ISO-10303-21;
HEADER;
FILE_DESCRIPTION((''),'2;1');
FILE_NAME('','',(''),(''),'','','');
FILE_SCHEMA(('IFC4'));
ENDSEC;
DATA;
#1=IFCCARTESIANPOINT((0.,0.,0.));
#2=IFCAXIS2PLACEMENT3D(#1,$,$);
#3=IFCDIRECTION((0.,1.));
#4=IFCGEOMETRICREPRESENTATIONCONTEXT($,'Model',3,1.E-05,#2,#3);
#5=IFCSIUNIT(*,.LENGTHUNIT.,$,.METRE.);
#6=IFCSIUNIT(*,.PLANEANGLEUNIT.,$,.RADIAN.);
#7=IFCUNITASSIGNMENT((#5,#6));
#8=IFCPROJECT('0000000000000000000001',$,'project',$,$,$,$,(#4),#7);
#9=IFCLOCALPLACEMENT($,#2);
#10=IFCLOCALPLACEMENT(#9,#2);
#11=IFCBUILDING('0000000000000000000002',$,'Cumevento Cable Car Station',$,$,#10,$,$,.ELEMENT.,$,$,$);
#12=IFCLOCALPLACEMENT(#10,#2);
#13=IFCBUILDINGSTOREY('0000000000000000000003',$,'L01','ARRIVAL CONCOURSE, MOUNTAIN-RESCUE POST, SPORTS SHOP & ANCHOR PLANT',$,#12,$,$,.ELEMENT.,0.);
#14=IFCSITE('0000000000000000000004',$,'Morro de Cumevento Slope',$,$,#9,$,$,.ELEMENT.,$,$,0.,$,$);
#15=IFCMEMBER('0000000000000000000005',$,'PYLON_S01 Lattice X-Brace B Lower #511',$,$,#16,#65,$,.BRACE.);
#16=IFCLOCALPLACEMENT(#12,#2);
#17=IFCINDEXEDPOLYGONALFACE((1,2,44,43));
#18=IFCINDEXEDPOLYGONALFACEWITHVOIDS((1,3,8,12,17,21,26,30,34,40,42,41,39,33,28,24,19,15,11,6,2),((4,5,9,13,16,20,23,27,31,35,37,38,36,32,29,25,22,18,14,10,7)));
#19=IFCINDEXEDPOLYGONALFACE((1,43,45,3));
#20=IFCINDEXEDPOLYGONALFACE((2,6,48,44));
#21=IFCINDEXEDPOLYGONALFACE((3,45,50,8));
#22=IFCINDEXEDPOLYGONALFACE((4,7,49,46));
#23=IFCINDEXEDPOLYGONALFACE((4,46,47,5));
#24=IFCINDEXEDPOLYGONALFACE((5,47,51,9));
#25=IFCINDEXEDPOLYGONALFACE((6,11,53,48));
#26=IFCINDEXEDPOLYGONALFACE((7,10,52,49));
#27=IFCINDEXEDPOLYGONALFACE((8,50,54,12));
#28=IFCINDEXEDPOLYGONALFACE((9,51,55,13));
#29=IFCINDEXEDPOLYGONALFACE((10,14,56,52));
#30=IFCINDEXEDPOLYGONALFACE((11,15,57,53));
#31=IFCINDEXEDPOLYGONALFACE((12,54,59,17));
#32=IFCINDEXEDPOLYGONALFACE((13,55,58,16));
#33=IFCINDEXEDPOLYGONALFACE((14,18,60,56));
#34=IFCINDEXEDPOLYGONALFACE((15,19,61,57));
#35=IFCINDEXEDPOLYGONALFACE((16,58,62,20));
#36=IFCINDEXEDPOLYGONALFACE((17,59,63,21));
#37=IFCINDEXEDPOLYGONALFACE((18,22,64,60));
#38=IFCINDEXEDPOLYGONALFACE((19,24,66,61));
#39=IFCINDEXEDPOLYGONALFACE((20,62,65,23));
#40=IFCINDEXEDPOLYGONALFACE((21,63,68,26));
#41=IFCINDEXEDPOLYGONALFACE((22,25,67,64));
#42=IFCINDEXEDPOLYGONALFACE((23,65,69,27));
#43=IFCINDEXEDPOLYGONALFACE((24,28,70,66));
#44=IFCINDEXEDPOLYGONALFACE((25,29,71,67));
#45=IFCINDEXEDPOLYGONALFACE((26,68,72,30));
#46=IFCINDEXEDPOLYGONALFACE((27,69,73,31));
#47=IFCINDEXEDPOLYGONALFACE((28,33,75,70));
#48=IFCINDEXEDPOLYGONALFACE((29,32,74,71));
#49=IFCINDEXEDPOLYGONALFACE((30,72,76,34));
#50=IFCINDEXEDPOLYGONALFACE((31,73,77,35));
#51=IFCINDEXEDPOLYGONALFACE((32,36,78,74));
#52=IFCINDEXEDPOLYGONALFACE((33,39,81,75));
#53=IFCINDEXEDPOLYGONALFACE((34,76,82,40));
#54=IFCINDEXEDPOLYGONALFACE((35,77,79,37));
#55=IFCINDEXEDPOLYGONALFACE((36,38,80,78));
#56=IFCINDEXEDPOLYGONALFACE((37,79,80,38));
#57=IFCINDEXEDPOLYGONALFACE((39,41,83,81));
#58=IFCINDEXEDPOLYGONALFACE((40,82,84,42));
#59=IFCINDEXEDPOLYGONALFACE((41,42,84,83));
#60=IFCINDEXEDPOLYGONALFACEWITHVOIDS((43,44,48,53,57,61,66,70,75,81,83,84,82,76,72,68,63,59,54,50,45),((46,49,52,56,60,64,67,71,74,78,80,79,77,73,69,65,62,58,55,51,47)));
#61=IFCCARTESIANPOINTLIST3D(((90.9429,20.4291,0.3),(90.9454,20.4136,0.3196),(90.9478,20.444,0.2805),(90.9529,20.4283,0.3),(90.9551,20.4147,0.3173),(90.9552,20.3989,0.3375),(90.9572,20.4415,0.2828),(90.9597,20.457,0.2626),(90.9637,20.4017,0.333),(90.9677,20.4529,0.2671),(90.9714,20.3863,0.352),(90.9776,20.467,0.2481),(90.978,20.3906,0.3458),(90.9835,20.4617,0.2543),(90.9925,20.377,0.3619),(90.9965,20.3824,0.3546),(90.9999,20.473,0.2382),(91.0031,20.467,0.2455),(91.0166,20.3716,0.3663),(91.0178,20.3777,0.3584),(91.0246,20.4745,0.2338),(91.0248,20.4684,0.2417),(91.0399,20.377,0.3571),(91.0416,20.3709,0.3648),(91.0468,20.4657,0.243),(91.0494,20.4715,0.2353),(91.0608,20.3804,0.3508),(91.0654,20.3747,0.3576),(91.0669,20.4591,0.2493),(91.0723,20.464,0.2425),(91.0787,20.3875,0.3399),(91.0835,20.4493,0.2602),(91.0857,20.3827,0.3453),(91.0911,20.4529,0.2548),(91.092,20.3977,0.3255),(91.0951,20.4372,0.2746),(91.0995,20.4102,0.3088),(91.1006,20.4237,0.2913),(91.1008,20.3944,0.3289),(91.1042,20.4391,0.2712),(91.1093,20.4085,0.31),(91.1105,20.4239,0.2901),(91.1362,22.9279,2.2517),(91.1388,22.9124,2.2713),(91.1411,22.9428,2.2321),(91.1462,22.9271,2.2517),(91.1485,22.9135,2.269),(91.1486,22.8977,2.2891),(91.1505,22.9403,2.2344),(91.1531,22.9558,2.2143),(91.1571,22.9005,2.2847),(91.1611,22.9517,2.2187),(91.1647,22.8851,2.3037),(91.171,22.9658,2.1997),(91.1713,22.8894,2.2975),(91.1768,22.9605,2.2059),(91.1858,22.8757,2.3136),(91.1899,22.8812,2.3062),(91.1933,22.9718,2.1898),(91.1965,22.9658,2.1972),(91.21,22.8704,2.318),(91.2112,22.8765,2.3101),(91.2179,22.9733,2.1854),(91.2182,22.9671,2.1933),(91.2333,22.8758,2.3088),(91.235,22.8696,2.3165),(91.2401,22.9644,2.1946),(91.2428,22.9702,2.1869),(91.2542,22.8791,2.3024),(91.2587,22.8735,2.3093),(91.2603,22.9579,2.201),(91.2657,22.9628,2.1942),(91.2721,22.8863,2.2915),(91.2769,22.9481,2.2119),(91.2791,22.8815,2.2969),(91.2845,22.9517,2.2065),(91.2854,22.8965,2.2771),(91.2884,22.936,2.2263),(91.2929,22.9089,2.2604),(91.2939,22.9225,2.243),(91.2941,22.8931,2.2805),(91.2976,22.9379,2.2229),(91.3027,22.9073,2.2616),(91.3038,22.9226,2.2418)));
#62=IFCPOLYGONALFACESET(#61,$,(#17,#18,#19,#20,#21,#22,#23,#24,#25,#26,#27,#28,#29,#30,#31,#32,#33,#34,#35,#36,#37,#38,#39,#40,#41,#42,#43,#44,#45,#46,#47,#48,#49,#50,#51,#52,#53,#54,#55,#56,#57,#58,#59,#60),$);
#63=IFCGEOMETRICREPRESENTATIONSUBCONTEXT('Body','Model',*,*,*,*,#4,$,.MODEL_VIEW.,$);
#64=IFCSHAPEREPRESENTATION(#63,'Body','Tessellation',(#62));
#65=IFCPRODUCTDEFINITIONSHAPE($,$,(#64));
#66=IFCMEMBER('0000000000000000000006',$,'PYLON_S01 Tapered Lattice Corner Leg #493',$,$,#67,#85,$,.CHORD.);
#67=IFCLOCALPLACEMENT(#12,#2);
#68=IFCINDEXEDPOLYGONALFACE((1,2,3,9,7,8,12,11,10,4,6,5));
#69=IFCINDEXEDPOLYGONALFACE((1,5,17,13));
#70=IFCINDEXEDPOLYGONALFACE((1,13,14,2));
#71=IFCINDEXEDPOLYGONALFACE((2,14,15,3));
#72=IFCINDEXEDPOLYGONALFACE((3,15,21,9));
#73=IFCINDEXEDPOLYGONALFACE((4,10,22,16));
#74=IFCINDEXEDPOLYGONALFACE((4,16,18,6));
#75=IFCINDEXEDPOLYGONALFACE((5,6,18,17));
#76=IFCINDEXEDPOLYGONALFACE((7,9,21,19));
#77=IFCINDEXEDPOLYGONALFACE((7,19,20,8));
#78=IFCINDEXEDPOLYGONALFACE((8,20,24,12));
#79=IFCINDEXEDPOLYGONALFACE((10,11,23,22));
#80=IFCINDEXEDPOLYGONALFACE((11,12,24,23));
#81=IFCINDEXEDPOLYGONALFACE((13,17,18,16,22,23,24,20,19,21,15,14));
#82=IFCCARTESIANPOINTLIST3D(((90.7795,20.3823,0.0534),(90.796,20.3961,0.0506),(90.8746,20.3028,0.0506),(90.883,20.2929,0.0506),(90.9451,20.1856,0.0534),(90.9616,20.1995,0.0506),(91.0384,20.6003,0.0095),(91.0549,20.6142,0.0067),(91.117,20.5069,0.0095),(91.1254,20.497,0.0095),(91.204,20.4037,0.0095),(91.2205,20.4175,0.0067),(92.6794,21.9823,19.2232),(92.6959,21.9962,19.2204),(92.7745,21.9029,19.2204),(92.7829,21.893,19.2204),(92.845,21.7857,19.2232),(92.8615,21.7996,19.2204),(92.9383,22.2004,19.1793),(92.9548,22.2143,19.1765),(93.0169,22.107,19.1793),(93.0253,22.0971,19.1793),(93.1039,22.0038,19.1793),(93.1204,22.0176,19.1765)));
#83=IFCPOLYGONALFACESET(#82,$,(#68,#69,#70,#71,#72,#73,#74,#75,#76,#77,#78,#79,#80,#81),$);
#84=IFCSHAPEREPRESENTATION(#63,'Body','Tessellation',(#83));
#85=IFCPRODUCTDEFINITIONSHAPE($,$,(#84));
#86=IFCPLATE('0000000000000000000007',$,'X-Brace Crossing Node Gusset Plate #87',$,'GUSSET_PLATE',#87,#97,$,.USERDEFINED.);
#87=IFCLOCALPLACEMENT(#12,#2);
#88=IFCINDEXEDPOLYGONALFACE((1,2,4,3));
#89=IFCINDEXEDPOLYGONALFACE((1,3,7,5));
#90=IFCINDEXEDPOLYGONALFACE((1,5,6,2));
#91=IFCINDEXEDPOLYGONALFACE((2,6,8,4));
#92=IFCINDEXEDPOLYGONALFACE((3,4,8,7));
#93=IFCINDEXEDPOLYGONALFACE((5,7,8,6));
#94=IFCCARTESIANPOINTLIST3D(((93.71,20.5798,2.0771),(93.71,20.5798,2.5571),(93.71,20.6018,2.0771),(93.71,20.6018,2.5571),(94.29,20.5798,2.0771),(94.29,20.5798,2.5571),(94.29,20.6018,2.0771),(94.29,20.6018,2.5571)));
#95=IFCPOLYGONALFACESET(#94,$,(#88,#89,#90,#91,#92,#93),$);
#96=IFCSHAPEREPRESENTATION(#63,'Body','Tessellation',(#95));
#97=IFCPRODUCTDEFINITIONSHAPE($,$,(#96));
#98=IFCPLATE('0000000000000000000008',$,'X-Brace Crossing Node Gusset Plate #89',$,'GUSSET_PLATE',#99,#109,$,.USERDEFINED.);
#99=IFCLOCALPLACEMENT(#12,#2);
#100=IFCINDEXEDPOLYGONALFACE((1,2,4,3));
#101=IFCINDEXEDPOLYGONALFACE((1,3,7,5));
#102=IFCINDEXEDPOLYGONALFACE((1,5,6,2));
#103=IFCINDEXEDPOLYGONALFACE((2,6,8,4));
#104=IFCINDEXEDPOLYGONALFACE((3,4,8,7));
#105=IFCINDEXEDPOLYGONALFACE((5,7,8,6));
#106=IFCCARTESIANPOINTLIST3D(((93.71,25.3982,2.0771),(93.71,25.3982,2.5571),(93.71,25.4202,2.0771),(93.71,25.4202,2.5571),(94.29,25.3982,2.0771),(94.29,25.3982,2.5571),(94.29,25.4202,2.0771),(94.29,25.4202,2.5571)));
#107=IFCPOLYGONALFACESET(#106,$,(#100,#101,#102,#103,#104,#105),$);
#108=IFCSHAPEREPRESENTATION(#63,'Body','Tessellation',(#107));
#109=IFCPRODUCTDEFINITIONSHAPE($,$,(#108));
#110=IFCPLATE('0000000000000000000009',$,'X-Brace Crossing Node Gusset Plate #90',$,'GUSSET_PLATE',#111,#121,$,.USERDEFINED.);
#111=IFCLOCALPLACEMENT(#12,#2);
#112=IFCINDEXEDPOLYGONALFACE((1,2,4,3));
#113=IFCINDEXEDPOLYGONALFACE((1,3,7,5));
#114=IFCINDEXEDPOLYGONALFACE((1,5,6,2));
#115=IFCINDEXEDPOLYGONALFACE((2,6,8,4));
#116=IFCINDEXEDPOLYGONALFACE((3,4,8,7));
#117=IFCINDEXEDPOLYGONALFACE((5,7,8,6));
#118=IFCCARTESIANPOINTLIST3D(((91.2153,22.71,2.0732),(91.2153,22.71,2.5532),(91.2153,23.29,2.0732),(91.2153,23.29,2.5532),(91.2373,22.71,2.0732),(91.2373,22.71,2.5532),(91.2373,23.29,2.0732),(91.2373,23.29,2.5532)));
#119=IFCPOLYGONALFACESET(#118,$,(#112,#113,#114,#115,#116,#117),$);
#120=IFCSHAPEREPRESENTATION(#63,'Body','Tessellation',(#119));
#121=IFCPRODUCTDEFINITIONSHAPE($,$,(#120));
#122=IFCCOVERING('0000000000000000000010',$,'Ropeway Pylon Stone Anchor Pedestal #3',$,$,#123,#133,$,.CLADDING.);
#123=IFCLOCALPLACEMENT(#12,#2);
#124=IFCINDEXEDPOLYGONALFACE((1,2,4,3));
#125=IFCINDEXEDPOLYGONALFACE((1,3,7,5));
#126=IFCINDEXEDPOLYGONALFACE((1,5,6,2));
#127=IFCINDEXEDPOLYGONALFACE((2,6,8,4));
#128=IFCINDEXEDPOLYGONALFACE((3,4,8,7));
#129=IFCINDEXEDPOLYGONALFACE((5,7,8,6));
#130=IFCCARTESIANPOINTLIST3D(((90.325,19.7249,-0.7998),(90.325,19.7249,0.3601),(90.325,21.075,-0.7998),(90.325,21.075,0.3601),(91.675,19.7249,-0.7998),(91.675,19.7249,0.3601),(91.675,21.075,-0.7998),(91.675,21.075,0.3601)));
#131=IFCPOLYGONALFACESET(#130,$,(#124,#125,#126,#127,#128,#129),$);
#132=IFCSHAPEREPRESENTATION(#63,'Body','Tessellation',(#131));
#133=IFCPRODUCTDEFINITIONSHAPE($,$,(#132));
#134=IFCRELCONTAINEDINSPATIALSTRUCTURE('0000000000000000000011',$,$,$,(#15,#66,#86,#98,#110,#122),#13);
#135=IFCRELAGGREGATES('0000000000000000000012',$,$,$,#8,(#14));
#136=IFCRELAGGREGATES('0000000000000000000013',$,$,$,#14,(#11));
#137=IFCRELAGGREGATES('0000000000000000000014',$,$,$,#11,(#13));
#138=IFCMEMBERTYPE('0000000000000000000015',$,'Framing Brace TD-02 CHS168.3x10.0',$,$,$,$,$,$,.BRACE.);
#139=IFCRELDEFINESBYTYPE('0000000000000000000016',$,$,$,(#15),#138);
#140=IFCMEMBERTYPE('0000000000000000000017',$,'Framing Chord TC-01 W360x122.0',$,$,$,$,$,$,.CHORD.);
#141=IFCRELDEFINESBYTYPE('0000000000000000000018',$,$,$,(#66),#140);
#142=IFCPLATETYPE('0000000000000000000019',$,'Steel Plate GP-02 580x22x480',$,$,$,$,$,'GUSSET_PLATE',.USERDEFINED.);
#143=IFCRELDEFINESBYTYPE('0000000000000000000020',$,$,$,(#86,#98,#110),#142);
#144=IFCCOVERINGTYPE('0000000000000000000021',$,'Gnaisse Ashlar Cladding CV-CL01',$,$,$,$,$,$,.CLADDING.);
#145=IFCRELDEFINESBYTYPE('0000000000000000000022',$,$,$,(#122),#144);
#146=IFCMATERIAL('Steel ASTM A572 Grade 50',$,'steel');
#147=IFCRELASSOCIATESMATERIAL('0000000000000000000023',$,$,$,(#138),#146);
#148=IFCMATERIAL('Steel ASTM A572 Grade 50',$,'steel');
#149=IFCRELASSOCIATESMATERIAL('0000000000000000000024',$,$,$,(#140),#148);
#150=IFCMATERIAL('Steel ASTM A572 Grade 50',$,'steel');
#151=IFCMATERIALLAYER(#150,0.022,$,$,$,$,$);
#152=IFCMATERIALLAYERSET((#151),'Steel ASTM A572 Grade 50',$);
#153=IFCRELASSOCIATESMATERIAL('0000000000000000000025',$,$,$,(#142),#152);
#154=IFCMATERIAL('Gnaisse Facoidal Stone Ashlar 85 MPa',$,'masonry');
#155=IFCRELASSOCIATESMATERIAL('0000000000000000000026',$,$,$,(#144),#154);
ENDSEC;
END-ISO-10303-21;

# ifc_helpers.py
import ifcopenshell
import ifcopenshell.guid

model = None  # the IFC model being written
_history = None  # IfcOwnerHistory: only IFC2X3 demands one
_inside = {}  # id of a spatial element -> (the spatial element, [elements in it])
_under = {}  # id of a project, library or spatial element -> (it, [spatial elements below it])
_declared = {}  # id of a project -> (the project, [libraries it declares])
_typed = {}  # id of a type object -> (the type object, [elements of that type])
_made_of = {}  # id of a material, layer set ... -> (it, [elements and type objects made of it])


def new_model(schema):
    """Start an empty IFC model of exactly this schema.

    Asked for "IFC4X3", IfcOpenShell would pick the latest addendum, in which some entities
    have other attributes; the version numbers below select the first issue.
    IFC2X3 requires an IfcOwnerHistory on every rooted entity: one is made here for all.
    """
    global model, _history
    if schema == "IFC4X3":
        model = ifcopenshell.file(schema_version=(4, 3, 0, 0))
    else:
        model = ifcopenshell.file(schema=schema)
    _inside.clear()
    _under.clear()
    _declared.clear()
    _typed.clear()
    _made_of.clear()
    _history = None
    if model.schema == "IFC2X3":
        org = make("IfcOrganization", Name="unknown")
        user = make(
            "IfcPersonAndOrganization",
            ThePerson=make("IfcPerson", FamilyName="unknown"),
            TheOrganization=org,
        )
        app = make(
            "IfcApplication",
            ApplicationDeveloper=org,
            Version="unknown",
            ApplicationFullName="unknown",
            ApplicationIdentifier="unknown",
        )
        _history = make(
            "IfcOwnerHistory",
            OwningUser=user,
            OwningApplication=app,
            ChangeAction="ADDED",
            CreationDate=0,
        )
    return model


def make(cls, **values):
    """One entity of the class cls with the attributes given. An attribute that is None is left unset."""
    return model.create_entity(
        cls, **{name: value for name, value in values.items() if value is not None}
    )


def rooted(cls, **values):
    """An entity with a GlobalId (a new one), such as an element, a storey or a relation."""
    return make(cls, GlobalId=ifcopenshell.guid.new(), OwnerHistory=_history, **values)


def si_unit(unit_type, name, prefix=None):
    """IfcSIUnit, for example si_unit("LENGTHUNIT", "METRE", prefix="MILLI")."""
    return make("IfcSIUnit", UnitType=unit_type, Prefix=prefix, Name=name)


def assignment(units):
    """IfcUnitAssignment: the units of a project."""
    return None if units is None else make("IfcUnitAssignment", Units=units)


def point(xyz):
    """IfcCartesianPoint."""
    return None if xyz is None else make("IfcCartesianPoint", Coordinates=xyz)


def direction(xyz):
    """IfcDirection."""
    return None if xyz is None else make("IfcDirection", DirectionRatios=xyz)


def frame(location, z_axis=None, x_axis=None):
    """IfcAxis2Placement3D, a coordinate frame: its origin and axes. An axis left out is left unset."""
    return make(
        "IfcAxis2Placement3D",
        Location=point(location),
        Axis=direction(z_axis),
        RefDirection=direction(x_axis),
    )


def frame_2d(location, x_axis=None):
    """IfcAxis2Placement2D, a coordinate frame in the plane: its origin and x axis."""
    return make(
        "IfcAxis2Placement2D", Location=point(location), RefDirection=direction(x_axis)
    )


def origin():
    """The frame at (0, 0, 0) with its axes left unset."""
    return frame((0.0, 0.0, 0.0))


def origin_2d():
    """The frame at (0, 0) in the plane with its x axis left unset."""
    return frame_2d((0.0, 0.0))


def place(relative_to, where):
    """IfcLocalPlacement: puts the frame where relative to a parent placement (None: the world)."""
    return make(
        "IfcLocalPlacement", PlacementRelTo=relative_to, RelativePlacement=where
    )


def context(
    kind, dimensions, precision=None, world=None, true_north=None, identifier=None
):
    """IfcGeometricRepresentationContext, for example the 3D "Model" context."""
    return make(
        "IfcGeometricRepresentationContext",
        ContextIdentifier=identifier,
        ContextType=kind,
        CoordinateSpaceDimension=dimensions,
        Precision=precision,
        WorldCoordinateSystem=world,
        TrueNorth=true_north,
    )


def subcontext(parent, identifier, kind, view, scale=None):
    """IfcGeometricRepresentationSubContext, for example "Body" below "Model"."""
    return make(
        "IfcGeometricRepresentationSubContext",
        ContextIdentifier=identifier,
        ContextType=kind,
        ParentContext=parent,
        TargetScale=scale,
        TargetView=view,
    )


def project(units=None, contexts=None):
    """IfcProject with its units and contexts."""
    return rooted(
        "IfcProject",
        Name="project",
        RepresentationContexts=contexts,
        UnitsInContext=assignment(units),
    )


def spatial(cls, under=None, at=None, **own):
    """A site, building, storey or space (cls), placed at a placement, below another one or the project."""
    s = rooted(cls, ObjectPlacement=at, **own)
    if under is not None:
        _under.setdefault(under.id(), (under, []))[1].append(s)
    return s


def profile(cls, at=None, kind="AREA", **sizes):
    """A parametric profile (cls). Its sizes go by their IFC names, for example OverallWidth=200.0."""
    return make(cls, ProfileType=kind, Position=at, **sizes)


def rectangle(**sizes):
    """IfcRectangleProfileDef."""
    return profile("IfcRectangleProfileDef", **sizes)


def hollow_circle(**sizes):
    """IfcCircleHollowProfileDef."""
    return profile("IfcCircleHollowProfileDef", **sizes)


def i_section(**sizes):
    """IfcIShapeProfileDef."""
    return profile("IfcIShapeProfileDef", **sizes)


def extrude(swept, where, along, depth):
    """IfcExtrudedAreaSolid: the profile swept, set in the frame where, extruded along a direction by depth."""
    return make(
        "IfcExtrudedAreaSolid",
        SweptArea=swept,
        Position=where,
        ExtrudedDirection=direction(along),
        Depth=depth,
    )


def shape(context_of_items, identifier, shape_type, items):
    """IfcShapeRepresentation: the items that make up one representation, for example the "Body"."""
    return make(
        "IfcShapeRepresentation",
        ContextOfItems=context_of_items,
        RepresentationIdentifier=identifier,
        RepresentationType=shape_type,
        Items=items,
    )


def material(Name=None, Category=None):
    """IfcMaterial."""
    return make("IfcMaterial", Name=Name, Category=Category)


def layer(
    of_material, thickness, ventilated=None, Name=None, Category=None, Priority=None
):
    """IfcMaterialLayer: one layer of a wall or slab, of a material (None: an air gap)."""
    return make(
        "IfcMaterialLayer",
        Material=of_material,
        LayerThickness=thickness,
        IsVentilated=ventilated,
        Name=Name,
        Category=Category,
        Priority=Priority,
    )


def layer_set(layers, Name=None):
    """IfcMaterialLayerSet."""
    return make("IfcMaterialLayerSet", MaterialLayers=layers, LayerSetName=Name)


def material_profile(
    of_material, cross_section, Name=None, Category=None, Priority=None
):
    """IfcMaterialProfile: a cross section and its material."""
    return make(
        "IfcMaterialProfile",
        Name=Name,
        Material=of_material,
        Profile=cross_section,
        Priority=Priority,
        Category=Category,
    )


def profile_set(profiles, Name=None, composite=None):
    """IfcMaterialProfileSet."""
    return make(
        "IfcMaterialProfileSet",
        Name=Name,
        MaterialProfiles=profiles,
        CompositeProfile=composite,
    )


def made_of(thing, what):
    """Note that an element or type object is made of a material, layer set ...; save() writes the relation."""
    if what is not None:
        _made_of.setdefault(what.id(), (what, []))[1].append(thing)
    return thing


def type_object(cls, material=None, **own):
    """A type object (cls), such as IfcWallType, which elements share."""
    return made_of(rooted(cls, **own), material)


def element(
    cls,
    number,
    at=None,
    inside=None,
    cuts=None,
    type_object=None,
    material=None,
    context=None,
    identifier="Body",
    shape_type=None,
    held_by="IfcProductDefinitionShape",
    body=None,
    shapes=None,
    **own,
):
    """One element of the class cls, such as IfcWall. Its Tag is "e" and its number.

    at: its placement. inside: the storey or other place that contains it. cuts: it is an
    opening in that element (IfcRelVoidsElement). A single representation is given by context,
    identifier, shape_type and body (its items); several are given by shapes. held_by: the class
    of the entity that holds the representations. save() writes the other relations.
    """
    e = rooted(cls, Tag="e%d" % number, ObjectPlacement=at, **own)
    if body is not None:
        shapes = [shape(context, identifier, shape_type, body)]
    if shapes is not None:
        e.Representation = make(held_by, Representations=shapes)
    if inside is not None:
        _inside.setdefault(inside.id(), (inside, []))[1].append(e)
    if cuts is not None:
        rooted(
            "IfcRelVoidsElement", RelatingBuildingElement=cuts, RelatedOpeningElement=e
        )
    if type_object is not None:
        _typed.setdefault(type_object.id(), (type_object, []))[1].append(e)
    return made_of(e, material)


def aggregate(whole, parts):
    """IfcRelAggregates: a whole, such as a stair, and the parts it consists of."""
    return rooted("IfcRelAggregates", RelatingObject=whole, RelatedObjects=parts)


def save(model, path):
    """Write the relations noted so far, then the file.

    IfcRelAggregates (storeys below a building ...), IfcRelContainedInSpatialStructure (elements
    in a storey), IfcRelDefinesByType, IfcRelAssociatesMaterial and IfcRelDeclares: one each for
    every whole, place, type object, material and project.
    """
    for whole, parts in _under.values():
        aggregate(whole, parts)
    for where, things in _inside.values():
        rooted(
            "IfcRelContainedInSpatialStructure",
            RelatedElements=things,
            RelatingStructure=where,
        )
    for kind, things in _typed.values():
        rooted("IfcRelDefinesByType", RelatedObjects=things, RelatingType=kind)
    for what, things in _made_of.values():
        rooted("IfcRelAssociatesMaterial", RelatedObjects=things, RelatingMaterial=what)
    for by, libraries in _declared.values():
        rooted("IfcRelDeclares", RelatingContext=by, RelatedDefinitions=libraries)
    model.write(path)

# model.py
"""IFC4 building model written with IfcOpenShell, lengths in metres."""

from ifc_helpers import new_model, si_unit, direction, frame, origin, origin_2d, place, context, subcontext, project, spatial, rectangle, hollow_circle, i_section, extrude, material, layer, layer_set, material_profile, profile_set, type_object, element, save


model = new_model("IFC4")

# Units and contexts
model_context = context("Model", 3, precision=1e-05, world=origin(), true_north=direction((0.0, 1.0)))
body_context = subcontext(model_context, "Body", "Model", "MODEL_VIEW")
ifc_project = project(units=[si_unit("LENGTHUNIT", "METRE"), si_unit("PLANEANGLEUNIT", "RADIAN")], contexts=[model_context])

# Site, building, storey
site_placement = place(None, origin())
site = spatial("IfcSite", under=ifc_project, at=site_placement, Name="Morro de Cumevento Slope", CompositionType="ELEMENT", RefElevation=0.0)
building_placement = place(site_placement, origin())
building = spatial("IfcBuilding", under=site, at=building_placement, Name="Cumevento Cable Car Station", CompositionType="ELEMENT")
storey_placement = place(building_placement, origin())
storey = spatial("IfcBuildingStorey", under=building, at=storey_placement, Name="L01", Description="ARRIVAL CONCOURSE, MOUNTAIN-RESCUE POST, SPORTS SHOP & ANCHOR PLANT", CompositionType="ELEMENT", Elevation=0.0)

# Members
ifc_material_1 = material(Name="Steel ASTM A572 Grade 50", Category="steel")
ifc_material_profile_1 = material_profile(ifc_material_1, hollow_circle(Radius=0.0842, WallThickness=0.01, at=origin_2d()), Name="CHS168.3x10.0")
ifc_profile_set_1 = profile_set([ifc_material_profile_1], Name="Steel ASTM A572 Grade 50")
member_type_1 = type_object("IfcMemberType", Name="Framing Brace TD-02 CHS168.3x10.0", PredefinedType="BRACE", material=ifc_profile_set_1)
member_1_placement = place(storey_placement, frame((91.0269, 20.4226, 0.3), z_axis=(0.060871, 0.786641, 0.614402), x_axis=(-0.997019, 0.077151, 0.0)))
element("IfcMember", 1, at=member_1_placement, inside=storey, type_object=member_type_1, Name="PYLON_S01 Lattice X-Brace B Lower #511", PredefinedType="BRACE", context=body_context, shape_type="SweptSolid", body=[
    extrude(hollow_circle(Radius=0.0842, WallThickness=0.01, at=origin_2d()), origin(), (0.0, 0.0, 1.0), 3.1765),
])
ifc_material_2 = material(Name="Steel ASTM A572 Grade 50", Category="steel")
ifc_material_profile_2 = material_profile(ifc_material_2, i_section(OverallWidth=0.2571, OverallDepth=0.363, WebThickness=0.0129, FlangeThickness=0.0217, at=origin_2d()), Name="W360x122.0")
ifc_profile_set_2 = profile_set([ifc_material_profile_2], Name="Steel ASTM A572 Grade 50")
member_type_2 = type_object("IfcMemberType", Name="Framing Chord TC-01 W360x122.0", PredefinedType="CHORD", material=ifc_profile_set_2)
member_2_placement = place(storey_placement, frame((91.0, 20.3999, 0.03), z_axis=(0.098287, 0.082777, 0.991709), x_axis=(-0.644178, 0.764876, 0.0)))
element("IfcMember", 2, at=member_2_placement, inside=storey, type_object=member_type_2, Name="PYLON_S01 Tapered Lattice Corner Leg #493", PredefinedType="CHORD", context=body_context, shape_type="SweptSolid", body=[
    extrude(i_section(OverallWidth=0.2571, OverallDepth=0.363, WebThickness=0.0129, FlangeThickness=0.0217, at=origin_2d()), origin(), (0.0, 0.0, 1.0), 19.3301),
])

# Plates
ifc_material_3 = material(Name="Steel ASTM A572 Grade 50", Category="steel")
ifc_layer = layer(ifc_material_3, 0.022)
ifc_layer_set = layer_set([ifc_layer], Name="Steel ASTM A572 Grade 50")
plate_type = type_object("IfcPlateType", Name="Steel Plate GP-02 580x22x480", ElementType="GUSSET_PLATE", PredefinedType="USERDEFINED", material=ifc_layer_set)
for number, where, z_axis, x_axis, name in (
    (3, (94.0, 20.5908, 2.0771), (0.0, 0.0, 1.0), (1.0, 0.0, 0.0), "X-Brace Crossing Node Gusset Plate #87"),
    (4, (94.0, 25.4092, 2.0771), (0.0, 0.0, 1.0), (1.0, 0.0, 0.0), "X-Brace Crossing Node Gusset Plate #89"),
    (5, (91.2263, 23.0, 2.0732), (0.0, 0.0, 1.0), (0.0, 1.0, 0.0), "X-Brace Crossing Node Gusset Plate #90"),
):
    element("IfcPlate", number, at=place(storey_placement, frame(where, z_axis=z_axis, x_axis=x_axis)), inside=storey, type_object=plate_type, Name=name, ObjectType="GUSSET_PLATE", PredefinedType="USERDEFINED", context=body_context, shape_type="SweptSolid", body=[
        extrude(rectangle(XDim=0.5801, YDim=0.022, at=origin_2d()), origin(), (0.0, 0.0, 1.0), 0.48),
    ])

# Covering
ifc_material_4 = material(Name="Gnaisse Facoidal Stone Ashlar 85 MPa", Category="masonry")
covering_type = type_object("IfcCoveringType", Name="Gnaisse Ashlar Cladding CV-CL01", PredefinedType="CLADDING", material=ifc_material_4)
covering_placement = place(storey_placement, frame((91.0, 20.3999, -0.7998), z_axis=(0.0, 0.0, 1.0), x_axis=(1.0, 0.0, 0.0)))
element("IfcCovering", 6, at=covering_placement, inside=storey, type_object=covering_type, Name="Ropeway Pylon Stone Anchor Pedestal #3", PredefinedType="CLADDING", context=body_context, shape_type="SweptSolid", body=[
    extrude(rectangle(XDim=1.3501, YDim=1.3501, at=origin_2d()), origin(), (0.0, 0.0, 1.0), 1.1599),
])

save(model, "model.ifc")
